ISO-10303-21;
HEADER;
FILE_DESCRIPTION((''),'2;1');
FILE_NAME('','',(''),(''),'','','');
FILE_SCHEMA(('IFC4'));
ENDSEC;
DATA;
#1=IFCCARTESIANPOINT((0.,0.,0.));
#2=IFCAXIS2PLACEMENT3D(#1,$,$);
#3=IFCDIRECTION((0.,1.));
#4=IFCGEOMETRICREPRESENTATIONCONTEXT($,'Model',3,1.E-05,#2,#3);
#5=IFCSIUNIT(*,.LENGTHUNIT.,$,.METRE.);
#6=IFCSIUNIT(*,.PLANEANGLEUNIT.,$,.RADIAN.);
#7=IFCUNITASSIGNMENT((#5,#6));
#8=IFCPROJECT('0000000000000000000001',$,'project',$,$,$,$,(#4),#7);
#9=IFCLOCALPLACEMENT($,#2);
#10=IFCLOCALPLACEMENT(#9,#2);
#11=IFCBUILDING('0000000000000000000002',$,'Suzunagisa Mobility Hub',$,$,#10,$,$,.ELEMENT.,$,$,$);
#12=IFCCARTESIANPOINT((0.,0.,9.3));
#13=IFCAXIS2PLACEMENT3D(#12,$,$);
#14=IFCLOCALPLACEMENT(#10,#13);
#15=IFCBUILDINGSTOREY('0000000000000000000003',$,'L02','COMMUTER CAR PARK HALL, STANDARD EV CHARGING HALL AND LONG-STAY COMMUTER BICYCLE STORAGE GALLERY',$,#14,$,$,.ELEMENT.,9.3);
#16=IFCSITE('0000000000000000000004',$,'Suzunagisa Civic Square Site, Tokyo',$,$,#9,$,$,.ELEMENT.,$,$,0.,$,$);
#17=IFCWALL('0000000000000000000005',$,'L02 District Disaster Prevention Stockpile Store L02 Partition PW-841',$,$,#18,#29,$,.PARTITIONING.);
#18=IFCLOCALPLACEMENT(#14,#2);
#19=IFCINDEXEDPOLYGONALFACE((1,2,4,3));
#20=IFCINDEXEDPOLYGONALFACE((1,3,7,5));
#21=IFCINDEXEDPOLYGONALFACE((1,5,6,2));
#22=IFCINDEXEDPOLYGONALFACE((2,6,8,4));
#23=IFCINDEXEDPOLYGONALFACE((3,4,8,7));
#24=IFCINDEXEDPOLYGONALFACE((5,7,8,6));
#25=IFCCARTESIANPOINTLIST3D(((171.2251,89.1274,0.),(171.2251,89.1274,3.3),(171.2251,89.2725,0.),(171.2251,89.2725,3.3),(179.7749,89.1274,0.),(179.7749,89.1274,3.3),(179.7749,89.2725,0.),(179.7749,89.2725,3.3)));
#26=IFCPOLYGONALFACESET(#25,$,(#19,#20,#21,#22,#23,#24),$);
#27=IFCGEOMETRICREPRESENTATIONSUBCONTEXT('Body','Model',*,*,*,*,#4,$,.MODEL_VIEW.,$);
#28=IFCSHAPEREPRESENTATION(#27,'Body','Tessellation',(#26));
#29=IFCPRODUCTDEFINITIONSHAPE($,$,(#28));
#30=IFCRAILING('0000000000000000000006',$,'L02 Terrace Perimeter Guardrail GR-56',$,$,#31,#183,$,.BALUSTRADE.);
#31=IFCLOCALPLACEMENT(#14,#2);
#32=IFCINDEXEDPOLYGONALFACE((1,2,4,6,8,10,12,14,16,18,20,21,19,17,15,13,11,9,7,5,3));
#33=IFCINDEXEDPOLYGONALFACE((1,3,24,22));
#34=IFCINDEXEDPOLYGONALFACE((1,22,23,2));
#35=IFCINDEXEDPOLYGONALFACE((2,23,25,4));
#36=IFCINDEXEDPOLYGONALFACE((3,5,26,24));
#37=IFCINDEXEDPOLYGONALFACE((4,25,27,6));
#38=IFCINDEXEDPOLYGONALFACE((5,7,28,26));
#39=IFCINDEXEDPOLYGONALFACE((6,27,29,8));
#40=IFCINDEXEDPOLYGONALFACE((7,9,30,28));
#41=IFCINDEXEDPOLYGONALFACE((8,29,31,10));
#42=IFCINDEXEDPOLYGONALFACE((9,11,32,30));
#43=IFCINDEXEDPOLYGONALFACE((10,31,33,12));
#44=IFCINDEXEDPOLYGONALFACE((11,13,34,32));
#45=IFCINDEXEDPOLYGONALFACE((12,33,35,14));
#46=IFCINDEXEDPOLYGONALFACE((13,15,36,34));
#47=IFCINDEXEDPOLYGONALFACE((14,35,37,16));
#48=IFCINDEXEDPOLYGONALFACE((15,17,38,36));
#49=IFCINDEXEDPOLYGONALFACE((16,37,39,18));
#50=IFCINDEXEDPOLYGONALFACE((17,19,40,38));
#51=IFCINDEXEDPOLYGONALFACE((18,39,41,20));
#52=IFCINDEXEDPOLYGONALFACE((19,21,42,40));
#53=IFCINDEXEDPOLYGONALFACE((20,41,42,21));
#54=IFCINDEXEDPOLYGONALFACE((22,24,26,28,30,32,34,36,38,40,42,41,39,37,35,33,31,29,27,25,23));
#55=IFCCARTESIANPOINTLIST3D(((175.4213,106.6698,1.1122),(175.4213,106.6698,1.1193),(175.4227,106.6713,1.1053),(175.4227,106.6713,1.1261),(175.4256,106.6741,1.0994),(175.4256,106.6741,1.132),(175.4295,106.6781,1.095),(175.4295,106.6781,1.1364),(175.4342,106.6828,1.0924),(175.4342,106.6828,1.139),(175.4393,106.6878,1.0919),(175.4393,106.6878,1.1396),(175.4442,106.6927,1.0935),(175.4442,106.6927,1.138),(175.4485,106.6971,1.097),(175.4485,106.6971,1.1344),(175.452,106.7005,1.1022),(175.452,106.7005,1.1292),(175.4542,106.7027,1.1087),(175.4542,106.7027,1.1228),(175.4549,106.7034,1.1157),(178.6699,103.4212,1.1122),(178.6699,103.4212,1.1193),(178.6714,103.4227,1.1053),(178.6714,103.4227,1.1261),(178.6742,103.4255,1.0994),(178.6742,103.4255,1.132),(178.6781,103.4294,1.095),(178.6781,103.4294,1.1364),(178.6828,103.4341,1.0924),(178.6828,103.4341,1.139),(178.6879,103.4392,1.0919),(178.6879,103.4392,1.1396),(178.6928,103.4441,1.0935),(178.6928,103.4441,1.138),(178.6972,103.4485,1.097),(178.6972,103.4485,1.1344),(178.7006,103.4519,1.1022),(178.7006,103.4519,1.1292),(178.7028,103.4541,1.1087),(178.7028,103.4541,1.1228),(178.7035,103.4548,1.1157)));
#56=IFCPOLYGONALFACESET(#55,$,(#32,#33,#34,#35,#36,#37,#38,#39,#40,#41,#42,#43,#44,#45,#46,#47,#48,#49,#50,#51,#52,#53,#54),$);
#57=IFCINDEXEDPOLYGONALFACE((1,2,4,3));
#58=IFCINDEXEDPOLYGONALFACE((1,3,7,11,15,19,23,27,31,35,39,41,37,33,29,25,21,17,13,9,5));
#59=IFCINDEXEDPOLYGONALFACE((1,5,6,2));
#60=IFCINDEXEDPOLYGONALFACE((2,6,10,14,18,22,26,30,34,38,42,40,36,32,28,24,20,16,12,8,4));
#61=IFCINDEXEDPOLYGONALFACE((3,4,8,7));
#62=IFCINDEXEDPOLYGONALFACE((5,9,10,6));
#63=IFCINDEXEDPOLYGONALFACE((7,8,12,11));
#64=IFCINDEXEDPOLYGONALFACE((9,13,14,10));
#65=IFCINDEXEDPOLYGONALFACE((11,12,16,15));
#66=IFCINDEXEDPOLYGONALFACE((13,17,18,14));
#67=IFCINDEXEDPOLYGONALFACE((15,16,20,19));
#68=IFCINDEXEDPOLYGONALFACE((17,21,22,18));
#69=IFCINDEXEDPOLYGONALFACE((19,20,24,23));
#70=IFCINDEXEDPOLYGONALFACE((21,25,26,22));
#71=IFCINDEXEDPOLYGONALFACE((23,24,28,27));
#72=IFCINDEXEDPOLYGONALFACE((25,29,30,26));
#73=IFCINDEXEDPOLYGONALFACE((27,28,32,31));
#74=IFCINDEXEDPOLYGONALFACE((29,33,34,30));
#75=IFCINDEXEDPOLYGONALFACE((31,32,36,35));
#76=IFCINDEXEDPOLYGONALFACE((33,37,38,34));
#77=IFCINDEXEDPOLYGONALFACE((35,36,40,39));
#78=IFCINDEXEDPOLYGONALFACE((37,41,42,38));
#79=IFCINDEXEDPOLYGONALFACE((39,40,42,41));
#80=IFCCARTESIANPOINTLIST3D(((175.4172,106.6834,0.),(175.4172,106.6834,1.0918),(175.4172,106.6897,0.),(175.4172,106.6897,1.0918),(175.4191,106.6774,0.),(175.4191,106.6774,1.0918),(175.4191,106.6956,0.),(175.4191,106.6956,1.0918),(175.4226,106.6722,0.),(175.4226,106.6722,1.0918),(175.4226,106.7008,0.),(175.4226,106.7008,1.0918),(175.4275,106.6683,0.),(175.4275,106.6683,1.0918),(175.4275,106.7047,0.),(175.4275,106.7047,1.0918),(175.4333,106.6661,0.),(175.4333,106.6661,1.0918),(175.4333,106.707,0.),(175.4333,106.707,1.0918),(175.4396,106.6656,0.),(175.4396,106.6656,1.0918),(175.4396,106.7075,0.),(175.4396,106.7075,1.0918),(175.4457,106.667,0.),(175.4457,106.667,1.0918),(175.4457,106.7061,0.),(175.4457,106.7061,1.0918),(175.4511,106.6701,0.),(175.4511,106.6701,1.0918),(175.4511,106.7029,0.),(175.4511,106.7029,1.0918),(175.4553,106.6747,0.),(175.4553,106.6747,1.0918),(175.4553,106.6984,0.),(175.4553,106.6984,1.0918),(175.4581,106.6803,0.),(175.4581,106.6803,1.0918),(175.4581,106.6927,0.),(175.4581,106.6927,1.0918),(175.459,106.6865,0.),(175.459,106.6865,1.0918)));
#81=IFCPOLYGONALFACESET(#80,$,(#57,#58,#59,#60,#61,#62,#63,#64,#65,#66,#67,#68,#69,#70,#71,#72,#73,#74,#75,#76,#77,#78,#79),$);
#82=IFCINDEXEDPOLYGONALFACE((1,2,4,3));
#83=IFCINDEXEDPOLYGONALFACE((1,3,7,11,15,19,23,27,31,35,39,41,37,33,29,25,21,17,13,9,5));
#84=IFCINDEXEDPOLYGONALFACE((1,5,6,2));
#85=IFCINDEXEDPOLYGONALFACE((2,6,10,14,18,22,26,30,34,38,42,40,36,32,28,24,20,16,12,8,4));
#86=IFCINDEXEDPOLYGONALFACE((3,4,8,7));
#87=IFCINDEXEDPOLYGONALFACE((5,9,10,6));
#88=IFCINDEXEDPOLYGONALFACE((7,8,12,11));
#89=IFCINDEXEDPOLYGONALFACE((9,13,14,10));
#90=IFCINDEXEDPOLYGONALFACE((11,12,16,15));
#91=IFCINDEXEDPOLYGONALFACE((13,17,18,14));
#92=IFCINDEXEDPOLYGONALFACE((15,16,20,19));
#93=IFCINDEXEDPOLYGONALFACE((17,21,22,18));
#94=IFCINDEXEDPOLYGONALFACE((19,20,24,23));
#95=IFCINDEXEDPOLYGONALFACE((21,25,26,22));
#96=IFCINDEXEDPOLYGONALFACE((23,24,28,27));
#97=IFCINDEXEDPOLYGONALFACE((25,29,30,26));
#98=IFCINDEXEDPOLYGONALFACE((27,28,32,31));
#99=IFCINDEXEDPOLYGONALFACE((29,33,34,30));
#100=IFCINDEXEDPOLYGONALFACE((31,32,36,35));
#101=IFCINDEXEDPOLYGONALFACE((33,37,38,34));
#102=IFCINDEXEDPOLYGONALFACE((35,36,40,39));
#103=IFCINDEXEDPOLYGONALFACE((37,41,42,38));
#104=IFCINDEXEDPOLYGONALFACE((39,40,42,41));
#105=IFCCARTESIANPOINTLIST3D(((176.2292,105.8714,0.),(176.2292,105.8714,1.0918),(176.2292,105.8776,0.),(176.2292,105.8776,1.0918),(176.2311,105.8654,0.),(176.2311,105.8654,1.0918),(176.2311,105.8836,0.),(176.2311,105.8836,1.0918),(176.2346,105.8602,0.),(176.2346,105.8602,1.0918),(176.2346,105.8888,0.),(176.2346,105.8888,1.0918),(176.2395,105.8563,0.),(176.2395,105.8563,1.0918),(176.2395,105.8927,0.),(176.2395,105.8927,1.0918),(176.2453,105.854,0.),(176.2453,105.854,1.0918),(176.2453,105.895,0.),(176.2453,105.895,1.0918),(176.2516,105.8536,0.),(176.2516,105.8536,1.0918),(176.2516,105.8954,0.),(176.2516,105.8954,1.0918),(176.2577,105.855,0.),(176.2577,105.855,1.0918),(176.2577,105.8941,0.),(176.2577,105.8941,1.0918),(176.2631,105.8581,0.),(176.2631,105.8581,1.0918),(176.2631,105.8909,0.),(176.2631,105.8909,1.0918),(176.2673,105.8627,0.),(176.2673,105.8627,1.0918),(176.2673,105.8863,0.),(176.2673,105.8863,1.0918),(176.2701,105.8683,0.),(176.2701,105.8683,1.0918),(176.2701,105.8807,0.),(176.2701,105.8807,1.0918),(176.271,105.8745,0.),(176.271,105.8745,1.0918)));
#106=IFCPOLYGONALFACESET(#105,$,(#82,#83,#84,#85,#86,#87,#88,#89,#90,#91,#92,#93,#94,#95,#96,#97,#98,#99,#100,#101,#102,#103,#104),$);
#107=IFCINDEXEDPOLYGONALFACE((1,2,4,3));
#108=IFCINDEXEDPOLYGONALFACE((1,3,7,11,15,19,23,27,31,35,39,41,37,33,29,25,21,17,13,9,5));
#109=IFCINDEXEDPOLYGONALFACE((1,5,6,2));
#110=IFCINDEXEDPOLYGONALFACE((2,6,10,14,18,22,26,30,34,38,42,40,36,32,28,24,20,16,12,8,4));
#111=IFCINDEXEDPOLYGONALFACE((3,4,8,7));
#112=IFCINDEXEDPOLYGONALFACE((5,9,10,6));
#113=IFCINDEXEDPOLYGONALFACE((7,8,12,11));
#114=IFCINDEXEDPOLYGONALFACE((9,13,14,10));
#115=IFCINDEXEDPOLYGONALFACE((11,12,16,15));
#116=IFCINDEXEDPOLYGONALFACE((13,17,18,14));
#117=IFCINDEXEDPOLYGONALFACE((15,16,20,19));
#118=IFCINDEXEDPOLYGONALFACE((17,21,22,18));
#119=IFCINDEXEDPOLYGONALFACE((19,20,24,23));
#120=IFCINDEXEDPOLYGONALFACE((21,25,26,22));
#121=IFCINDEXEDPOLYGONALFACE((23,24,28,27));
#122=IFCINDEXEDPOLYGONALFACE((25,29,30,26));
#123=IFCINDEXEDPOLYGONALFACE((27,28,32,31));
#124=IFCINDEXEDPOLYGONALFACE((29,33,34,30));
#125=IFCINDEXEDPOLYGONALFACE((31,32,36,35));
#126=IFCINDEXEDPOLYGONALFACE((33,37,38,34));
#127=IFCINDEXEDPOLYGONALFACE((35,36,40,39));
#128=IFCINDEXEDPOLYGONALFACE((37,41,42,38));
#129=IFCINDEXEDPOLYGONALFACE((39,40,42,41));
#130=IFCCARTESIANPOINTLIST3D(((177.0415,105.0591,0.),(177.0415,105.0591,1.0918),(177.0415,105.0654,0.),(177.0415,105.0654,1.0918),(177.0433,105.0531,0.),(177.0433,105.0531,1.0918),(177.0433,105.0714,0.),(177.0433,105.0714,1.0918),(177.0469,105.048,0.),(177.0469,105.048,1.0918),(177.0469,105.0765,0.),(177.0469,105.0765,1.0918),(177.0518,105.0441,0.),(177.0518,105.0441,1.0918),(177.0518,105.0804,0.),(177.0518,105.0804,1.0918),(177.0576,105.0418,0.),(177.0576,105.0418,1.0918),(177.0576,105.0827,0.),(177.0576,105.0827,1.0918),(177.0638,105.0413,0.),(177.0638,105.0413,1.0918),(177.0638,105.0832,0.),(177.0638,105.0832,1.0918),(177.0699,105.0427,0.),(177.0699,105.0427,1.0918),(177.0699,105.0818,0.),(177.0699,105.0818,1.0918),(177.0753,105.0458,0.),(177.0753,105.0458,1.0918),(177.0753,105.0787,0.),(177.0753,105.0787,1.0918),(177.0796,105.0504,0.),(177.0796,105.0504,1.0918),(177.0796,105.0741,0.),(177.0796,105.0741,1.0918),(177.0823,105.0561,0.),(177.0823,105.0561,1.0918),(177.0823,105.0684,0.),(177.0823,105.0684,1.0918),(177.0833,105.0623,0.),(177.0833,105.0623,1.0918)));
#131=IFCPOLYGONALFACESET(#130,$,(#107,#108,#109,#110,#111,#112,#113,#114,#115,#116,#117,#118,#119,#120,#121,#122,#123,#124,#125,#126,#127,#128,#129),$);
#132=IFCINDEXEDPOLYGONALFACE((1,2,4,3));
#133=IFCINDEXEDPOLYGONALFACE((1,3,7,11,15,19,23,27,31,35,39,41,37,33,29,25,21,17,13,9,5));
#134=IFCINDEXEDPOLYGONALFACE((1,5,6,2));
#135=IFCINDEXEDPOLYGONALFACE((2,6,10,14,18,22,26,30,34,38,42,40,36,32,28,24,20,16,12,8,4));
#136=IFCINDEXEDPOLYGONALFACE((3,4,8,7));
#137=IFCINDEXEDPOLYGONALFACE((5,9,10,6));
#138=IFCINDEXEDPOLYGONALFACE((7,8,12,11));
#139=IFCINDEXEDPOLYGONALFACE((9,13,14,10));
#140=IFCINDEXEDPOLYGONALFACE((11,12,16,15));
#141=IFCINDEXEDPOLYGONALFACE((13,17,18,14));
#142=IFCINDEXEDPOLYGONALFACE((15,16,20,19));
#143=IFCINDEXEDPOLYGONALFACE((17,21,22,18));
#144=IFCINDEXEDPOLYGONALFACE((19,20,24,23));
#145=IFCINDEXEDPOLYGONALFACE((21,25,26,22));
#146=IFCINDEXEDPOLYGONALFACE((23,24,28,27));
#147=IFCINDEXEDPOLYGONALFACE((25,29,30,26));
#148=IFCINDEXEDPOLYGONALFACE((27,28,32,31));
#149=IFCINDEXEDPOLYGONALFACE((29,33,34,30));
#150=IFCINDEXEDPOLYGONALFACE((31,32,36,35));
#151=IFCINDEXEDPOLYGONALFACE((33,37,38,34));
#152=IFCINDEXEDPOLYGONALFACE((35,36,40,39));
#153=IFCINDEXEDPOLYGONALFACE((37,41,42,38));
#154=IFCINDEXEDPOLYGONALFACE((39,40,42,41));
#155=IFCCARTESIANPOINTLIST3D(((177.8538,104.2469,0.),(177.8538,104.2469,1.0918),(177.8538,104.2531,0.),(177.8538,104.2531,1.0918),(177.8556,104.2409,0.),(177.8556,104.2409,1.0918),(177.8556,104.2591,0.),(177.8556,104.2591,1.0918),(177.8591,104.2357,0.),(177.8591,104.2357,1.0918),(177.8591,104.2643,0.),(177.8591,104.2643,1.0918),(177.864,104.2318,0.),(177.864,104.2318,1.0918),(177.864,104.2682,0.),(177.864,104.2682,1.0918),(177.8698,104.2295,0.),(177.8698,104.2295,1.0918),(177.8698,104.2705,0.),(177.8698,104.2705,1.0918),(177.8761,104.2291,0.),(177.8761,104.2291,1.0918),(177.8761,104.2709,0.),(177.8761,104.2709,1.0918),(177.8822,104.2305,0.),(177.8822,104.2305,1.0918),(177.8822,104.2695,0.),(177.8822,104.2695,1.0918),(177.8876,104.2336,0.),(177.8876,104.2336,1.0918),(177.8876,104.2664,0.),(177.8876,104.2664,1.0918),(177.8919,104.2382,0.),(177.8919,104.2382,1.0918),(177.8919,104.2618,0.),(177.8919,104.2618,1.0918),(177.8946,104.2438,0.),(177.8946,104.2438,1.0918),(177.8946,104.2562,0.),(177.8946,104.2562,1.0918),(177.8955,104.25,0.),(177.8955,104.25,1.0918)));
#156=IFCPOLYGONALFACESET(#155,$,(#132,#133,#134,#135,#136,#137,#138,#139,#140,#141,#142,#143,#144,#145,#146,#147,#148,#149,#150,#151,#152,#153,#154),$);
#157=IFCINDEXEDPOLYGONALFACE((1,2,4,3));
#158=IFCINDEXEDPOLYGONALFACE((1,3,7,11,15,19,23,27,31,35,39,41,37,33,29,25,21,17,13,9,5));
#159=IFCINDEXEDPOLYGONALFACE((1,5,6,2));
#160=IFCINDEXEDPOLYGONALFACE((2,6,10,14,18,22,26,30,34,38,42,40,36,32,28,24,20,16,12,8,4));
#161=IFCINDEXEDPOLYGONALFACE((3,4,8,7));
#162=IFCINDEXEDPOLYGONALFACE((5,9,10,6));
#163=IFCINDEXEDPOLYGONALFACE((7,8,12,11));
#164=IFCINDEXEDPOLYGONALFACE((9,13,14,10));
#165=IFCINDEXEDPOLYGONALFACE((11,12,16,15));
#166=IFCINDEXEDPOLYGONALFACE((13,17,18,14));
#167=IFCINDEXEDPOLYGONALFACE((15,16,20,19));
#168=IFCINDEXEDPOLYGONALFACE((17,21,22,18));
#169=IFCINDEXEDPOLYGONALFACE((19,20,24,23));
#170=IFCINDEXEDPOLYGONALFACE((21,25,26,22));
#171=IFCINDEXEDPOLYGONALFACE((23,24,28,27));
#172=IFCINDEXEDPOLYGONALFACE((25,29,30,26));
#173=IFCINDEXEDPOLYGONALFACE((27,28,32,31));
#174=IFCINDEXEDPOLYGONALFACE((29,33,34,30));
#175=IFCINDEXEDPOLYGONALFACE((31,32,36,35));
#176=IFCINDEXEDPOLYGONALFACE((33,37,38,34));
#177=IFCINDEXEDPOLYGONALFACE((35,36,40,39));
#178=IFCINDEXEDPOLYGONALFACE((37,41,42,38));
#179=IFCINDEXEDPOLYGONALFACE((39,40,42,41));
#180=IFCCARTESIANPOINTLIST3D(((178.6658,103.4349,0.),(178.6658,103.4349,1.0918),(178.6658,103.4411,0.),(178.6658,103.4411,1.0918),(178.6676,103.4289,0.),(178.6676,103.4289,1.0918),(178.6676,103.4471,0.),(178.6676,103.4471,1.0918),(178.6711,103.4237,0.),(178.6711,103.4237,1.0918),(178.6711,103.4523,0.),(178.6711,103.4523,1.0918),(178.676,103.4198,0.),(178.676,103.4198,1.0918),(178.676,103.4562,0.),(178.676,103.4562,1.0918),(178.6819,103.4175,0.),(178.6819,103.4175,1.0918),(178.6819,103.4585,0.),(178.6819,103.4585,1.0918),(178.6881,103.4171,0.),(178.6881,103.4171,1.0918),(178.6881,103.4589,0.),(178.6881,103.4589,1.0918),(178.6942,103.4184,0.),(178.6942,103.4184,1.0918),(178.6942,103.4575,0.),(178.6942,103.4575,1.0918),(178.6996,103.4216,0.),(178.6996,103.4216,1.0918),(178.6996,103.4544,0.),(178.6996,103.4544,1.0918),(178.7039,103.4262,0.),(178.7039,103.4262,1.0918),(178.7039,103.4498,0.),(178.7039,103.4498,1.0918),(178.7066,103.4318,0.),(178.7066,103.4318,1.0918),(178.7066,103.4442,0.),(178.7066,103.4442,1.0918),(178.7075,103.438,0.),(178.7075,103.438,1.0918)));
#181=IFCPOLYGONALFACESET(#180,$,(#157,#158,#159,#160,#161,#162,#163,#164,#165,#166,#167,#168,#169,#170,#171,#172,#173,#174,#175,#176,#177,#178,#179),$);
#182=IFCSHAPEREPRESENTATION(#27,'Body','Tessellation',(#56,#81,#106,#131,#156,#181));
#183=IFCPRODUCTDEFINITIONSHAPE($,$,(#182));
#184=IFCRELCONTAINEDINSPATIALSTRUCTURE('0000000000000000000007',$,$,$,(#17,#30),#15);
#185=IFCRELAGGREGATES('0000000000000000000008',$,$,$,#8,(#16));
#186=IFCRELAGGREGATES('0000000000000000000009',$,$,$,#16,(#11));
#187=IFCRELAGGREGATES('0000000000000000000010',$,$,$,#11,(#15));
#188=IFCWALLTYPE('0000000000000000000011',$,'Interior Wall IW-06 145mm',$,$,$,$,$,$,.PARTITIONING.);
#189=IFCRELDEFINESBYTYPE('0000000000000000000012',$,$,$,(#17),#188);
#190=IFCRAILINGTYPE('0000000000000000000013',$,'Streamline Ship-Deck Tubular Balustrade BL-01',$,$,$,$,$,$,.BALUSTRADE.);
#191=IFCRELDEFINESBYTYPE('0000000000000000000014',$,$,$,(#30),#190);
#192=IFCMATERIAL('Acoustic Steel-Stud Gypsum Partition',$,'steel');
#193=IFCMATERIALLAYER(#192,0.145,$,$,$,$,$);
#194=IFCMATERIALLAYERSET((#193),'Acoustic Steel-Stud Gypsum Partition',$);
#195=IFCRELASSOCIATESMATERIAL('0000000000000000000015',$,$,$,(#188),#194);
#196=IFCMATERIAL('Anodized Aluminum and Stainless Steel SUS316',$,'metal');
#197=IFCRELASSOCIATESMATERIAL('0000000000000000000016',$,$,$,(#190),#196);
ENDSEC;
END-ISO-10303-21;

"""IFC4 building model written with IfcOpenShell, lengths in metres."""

from ifc_helpers import new_model, si_unit, direction, frame, frame_2d, origin, origin_2d, place, context, subcontext, project, spatial, rectangle, circle, extrude, material, layer, layer_set, type_object, element, save


model = new_model("IFC4")

# Units and contexts
model_context = context("Model", 3, precision=1e-05, world=origin(), true_north=direction((0.0, 1.0)))
body_context = subcontext(model_context, "Body", "Model", "MODEL_VIEW")
ifc_project = project(units=[si_unit("LENGTHUNIT", "METRE"), si_unit("PLANEANGLEUNIT", "RADIAN")], contexts=[model_context])

# Site, building, storey
site_placement = place(None, origin())
site = spatial("IfcSite", under=ifc_project, at=site_placement, Name="Suzunagisa Civic Square Site, Tokyo", CompositionType="ELEMENT", RefElevation=0.0)
building_placement = place(site_placement, origin())
building = spatial("IfcBuilding", under=site, at=building_placement, Name="Suzunagisa Mobility Hub", CompositionType="ELEMENT")
storey_placement = place(building_placement, frame((0.0, 0.0, 9.3)))
storey = spatial("IfcBuildingStorey", under=building, at=storey_placement, Name="L02", Description="COMMUTER CAR PARK HALL, STANDARD EV CHARGING HALL AND LONG-STAY COMMUTER BICYCLE STORAGE GALLERY", CompositionType="ELEMENT", Elevation=9.3)

# Wall
ifc_material_1 = material(Name="Acoustic Steel-Stud Gypsum Partition", Category="steel")
ifc_layer_1 = layer(ifc_material_1, 0.145)
ifc_layer_set_1 = layer_set([ifc_layer_1], Name="Acoustic Steel-Stud Gypsum Partition")
wall_type_1 = type_object("IfcWallType", Name="Interior Wall IW-06 145mm", PredefinedType="PARTITIONING", material=ifc_layer_set_1)
wall_1_placement = place(storey_placement, frame((171.2251, 89.2, 0.0), z_axis=(0.0, 0.0, 1.0), x_axis=(1.0, 0.0, 0.0)))
element("IfcWall", 1, at=wall_1_placement, inside=storey, type_object=wall_type_1, Name="L02 District Disaster Prevention Stockpile Store L02 Partition PW-841", PredefinedType="PARTITIONING", context=body_context, shape_type="SweptSolid", body=[
    extrude(rectangle(XDim=8.5498, YDim=0.145, at=frame_2d((4.2749, 0.0))), origin(), (0.0, 0.0, 1.0), 3.3),
])

# Railing
ifc_material_2 = material(Name="Anodized Aluminum and Stainless Steel SUS316", Category="metal")
railing_type = type_object("IfcRailingType", Name="Streamline Ship-Deck Tubular Balustrade BL-01", PredefinedType="BALUSTRADE", material=ifc_material_2)
railing_1_placement = place(storey_placement, frame((175.438, 106.6865, 0.0)))
element("IfcRailing", 2, at=railing_1_placement, inside=storey, type_object=railing_type, Name="L02 Terrace Perimeter Guardrail GR-56", PredefinedType="BALUSTRADE", context=body_context, shape_type="SweptSolid", body=[
    extrude(circle(Radius=0.0239, at=origin_2d()), frame((0.0, 0.0, 1.1157), z_axis=(0.707107, -0.707107, 0.0), x_axis=(0.707107, 0.707107, 0.0)), (0.0, 0.0, 1.0), 4.5942),
    extrude(circle(Radius=0.021, at=origin_2d()), origin(), (0.0, 0.0, 1.0), 1.0918),
    extrude(circle(Radius=0.021, at=origin_2d()), frame((0.812, -0.812, 0.0)), (0.0, 0.0, 1.0), 1.0918),
    extrude(circle(Radius=0.021, at=origin_2d()), frame((1.6243, -1.6243, 0.0)), (0.0, 0.0, 1.0), 1.0918),
    extrude(circle(Radius=0.021, at=origin_2d()), frame((2.4365, -2.4365, 0.0)), (0.0, 0.0, 1.0), 1.0918),
    extrude(circle(Radius=0.021, at=origin_2d()), frame((3.2485, -3.2485, 0.0)), (0.0, 0.0, 1.0), 1.0918),
])

save(model, "model.ifc")
